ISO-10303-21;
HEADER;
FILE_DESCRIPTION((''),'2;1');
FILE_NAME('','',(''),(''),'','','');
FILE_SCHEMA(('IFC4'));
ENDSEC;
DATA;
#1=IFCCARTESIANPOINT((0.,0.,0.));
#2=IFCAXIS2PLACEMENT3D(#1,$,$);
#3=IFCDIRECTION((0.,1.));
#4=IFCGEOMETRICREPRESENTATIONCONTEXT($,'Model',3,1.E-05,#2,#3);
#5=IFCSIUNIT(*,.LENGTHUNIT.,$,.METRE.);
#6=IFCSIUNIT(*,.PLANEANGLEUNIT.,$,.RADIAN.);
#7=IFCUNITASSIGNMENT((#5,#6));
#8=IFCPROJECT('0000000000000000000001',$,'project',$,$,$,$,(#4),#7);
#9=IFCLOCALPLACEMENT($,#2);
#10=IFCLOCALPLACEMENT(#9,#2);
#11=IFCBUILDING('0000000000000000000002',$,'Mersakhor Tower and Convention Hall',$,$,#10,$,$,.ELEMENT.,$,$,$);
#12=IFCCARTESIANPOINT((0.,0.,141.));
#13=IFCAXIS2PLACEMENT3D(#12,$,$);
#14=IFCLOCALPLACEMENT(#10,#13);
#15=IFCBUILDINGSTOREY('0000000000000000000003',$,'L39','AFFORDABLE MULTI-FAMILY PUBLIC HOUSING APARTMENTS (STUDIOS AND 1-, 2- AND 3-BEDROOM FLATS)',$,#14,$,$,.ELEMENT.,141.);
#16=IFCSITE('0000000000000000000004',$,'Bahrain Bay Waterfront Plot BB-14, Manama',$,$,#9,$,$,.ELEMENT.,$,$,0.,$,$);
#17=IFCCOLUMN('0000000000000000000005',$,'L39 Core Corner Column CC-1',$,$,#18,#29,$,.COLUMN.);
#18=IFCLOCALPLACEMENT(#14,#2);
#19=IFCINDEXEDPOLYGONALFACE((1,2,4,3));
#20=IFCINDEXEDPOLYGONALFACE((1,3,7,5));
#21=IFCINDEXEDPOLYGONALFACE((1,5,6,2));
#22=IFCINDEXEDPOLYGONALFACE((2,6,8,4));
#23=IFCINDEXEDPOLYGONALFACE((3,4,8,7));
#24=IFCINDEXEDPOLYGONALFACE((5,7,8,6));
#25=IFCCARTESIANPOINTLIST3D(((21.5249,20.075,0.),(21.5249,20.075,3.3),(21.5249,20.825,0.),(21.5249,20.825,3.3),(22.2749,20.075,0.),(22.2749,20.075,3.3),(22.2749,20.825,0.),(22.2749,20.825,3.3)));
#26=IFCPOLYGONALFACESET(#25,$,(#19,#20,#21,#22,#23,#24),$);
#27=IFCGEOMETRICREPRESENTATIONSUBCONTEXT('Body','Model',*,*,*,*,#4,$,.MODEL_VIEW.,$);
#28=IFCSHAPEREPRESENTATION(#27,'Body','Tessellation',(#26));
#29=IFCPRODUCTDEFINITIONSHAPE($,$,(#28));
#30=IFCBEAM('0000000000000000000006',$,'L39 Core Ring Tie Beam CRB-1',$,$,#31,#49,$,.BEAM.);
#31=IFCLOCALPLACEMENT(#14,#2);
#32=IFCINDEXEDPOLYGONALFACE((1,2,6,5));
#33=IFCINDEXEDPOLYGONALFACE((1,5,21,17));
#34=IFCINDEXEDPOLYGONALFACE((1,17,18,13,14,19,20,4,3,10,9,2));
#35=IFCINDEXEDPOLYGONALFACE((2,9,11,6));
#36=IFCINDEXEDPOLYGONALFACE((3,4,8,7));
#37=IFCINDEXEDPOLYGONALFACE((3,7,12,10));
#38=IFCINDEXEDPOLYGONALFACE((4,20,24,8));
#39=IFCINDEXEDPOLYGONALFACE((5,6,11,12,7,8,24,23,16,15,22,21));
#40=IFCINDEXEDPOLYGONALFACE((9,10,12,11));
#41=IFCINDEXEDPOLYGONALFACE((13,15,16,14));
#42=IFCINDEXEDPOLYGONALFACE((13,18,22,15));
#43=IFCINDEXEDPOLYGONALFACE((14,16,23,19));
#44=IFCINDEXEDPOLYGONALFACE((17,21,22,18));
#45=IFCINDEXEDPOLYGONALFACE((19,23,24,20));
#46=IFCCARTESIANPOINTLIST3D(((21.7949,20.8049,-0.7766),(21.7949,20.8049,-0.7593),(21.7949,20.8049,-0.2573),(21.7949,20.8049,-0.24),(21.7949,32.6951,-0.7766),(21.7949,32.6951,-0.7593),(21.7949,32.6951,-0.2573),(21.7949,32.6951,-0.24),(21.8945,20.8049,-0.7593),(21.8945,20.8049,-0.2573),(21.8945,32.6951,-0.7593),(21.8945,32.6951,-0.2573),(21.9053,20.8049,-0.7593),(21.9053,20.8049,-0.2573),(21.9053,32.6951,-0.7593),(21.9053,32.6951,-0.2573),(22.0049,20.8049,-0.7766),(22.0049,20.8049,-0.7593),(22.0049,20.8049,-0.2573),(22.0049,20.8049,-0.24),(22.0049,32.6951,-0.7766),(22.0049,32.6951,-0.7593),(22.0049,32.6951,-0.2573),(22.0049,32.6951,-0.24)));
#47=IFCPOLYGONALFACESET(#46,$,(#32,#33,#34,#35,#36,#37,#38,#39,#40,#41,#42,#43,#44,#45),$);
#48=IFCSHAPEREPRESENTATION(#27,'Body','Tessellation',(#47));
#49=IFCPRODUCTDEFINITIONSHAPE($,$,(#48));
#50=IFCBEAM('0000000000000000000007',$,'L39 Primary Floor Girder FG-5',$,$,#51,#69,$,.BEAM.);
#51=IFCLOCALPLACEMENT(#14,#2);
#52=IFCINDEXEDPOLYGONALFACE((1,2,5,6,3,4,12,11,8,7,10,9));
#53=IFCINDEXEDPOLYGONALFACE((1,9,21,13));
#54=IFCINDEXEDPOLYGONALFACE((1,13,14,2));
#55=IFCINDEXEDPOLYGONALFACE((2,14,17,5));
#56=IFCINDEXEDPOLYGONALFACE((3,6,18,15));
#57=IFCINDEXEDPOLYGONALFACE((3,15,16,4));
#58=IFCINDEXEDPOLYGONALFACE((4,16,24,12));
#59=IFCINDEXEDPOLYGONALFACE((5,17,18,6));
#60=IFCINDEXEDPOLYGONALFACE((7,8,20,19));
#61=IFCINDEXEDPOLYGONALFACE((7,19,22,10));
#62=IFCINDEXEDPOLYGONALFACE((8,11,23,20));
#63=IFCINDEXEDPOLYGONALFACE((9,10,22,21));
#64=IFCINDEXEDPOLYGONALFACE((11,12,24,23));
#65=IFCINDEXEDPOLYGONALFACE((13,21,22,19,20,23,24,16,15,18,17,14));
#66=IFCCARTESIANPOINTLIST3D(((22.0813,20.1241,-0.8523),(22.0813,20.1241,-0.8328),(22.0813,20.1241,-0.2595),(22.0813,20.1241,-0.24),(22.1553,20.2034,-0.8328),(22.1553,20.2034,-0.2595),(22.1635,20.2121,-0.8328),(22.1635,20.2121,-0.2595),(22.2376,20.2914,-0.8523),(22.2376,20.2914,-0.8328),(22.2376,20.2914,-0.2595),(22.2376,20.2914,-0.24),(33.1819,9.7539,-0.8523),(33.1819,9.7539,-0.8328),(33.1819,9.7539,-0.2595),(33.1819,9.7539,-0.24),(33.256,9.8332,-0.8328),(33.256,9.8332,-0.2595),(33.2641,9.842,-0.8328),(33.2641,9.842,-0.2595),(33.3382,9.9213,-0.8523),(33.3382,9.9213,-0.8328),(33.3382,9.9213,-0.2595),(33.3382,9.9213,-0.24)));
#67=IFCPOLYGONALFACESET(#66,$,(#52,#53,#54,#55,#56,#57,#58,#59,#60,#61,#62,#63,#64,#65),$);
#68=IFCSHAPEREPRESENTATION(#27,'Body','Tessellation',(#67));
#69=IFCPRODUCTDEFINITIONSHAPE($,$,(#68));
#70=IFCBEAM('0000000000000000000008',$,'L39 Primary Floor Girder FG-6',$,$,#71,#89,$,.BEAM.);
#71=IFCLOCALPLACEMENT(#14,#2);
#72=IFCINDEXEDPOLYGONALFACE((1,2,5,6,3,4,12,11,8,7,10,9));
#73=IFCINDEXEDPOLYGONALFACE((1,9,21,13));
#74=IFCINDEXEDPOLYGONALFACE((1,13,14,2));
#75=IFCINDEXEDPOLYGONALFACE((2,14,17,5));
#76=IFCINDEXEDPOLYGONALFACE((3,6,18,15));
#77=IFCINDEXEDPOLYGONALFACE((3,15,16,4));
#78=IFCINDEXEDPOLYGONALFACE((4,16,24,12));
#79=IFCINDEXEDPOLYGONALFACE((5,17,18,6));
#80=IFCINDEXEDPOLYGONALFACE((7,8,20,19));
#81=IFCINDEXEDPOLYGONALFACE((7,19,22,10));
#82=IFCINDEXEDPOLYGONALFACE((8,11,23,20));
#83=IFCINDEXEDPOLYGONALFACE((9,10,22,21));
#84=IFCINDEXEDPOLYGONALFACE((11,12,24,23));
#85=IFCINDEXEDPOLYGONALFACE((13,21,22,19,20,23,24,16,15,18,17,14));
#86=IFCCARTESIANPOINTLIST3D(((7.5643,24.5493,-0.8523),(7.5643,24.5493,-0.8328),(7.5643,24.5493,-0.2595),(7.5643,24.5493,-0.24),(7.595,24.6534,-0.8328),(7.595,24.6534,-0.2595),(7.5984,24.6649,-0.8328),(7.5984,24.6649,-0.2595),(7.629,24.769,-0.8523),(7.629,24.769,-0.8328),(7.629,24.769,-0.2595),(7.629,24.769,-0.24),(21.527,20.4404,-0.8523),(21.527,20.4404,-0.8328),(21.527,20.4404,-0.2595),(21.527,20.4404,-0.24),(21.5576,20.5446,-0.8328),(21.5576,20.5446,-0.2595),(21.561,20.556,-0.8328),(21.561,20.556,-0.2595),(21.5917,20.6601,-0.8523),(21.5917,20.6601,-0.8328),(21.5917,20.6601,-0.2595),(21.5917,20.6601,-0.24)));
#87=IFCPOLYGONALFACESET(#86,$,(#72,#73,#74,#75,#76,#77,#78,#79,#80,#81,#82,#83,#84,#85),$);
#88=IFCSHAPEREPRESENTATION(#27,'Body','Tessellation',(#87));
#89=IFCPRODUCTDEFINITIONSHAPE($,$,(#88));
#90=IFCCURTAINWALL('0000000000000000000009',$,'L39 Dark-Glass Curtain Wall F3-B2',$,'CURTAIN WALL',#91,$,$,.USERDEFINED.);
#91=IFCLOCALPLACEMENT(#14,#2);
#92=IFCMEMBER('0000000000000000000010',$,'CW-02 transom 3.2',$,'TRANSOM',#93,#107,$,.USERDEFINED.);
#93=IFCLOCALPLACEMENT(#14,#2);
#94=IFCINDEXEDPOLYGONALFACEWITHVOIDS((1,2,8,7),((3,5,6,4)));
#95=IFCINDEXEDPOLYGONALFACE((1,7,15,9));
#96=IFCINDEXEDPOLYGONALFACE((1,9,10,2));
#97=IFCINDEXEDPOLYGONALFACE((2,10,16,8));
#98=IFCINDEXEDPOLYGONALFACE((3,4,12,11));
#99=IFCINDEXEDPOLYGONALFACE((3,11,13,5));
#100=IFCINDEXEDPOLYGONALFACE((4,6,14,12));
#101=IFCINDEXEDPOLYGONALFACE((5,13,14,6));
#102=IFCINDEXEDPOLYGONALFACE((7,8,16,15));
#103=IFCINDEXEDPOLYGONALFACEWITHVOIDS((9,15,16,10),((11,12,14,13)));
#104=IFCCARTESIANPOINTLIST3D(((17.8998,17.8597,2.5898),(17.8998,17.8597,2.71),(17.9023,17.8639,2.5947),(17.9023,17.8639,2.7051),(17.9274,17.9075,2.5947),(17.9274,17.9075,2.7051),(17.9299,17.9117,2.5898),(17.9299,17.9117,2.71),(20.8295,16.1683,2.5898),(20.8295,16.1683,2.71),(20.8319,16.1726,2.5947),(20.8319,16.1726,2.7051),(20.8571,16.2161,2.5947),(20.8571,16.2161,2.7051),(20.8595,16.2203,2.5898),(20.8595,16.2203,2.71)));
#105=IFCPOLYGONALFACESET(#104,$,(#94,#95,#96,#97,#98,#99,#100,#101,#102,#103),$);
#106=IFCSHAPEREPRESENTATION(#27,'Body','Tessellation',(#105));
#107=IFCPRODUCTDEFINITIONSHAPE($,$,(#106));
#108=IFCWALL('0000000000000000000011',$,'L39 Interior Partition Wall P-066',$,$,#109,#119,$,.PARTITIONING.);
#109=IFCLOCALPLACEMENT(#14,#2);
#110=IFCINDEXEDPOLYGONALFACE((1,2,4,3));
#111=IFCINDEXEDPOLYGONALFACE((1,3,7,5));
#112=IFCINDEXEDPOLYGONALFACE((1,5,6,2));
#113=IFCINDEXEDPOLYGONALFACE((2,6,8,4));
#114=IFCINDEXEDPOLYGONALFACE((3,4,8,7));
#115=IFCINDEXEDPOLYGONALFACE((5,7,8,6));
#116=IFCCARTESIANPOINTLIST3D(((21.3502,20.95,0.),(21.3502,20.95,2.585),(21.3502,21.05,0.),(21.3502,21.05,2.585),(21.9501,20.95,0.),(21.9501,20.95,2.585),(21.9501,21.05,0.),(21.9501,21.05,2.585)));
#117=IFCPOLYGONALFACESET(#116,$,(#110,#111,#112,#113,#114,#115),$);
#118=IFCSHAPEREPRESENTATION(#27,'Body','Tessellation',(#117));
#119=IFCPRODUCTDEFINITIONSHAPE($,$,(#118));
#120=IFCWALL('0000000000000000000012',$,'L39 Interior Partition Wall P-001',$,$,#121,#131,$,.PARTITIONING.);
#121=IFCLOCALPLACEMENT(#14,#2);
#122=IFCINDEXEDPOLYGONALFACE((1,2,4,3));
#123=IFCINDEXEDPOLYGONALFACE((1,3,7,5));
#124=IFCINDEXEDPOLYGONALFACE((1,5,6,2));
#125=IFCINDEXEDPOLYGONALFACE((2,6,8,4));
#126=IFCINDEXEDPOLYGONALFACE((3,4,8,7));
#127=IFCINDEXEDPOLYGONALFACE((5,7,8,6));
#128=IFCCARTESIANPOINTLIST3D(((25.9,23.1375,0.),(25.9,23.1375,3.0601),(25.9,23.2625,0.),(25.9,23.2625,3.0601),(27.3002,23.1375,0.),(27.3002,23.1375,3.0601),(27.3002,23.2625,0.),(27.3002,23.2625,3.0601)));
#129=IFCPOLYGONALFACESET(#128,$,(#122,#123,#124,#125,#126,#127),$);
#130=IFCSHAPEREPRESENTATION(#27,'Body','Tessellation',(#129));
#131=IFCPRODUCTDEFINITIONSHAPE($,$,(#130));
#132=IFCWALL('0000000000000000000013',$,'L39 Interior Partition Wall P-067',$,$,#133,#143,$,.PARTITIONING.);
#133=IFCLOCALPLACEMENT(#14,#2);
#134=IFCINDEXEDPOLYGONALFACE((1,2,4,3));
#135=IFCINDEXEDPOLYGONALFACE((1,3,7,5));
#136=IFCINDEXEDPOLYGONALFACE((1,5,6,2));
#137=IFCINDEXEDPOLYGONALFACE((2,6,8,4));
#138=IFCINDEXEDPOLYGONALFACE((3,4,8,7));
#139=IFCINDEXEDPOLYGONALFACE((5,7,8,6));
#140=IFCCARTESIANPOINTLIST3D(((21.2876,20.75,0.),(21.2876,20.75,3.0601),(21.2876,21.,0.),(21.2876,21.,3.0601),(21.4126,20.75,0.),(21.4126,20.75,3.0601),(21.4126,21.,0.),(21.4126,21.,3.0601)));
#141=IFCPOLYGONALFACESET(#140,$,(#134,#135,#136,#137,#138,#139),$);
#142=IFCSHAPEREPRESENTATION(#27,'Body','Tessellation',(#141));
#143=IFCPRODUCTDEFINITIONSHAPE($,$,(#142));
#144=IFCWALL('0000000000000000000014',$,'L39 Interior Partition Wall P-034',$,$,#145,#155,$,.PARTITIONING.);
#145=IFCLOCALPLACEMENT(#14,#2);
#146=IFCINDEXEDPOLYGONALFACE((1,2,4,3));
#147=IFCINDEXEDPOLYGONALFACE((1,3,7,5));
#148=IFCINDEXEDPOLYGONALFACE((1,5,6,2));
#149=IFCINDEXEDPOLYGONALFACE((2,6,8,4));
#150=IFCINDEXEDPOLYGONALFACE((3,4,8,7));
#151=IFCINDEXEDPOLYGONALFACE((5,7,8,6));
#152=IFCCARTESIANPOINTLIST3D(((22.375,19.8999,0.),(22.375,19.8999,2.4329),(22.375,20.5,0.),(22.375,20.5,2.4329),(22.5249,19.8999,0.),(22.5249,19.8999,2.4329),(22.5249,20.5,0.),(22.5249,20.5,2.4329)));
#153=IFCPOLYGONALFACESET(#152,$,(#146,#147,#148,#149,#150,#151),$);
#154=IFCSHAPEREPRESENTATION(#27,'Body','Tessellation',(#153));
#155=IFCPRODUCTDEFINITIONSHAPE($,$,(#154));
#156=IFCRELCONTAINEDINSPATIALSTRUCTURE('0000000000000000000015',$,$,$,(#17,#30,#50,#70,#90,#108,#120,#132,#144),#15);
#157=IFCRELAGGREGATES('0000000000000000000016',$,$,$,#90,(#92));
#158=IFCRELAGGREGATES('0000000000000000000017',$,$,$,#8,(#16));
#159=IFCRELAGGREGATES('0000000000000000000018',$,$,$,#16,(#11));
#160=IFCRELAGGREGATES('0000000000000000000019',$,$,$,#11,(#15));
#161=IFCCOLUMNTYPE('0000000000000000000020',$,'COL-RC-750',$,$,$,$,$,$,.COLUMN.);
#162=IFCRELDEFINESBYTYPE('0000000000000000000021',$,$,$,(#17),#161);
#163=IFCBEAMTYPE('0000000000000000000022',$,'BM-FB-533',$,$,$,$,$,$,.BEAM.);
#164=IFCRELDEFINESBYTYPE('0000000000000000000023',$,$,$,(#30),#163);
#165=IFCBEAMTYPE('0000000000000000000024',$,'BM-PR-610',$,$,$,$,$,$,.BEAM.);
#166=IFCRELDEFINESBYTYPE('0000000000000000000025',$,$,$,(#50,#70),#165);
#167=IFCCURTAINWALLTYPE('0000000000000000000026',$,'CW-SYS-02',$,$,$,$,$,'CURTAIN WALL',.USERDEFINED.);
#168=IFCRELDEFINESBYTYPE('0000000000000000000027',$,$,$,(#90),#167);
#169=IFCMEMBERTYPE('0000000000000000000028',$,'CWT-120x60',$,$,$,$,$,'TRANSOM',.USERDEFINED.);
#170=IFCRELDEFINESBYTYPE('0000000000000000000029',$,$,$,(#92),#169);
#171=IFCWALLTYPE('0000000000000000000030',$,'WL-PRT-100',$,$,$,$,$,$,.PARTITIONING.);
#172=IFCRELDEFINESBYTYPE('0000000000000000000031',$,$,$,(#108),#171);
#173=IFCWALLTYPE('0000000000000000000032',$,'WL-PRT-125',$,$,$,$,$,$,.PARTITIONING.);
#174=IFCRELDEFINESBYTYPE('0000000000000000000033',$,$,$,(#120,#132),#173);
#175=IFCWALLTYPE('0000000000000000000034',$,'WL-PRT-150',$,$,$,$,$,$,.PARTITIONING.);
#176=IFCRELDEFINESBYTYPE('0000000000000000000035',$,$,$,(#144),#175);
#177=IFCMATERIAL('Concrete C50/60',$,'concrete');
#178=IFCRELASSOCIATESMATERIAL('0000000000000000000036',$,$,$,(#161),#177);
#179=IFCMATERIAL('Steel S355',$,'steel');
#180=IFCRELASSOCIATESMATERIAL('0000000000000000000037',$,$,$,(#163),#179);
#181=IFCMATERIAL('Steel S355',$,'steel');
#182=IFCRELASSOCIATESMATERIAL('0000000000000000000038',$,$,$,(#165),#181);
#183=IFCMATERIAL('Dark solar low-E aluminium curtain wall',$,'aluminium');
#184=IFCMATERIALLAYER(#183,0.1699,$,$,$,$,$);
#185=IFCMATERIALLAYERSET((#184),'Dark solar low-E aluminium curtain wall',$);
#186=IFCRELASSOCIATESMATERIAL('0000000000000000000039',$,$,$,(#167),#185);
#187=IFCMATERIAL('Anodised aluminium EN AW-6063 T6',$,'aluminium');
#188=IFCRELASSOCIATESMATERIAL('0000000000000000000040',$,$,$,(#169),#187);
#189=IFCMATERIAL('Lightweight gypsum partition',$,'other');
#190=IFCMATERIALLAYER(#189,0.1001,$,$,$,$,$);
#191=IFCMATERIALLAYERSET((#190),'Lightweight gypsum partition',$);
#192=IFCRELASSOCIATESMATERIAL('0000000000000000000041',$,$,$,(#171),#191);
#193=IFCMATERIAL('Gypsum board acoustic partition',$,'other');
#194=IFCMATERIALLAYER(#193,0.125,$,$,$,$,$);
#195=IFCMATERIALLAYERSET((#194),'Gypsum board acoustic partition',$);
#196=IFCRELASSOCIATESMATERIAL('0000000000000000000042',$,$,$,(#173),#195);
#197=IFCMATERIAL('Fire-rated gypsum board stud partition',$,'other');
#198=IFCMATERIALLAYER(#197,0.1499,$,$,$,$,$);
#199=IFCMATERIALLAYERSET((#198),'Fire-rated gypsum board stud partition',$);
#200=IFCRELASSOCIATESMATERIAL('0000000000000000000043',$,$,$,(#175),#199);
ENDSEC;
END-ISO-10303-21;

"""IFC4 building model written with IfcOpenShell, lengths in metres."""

from ifc_helpers import new_model, si_unit, direction, frame, frame_2d, origin, origin_2d, place, context, subcontext, project, spatial, rectangle, hollow_rectangle, i_section, extrude, material, layer, layer_set, material_profile, profile_set, type_object, element, aggregate, save


model = new_model("IFC4")

# Units and contexts
model_context = context("Model", 3, precision=1e-05, world=origin(), true_north=direction((0.0, 1.0)))
body_context = subcontext(model_context, "Body", "Model", "MODEL_VIEW")
ifc_project = project(units=[si_unit("LENGTHUNIT", "METRE"), si_unit("PLANEANGLEUNIT", "RADIAN")], contexts=[model_context])

# Site, building, storey
site_placement = place(None, origin())
site = spatial("IfcSite", under=ifc_project, at=site_placement, Name="Bahrain Bay Waterfront Plot BB-14, Manama", CompositionType="ELEMENT", RefElevation=0.0)
building_placement = place(site_placement, origin())
building = spatial("IfcBuilding", under=site, at=building_placement, Name="Mersakhor Tower and Convention Hall", CompositionType="ELEMENT")
storey_placement = place(building_placement, frame((0.0, 0.0, 141.0)))
storey = spatial("IfcBuildingStorey", under=building, at=storey_placement, Name="L39", Description="AFFORDABLE MULTI-FAMILY PUBLIC HOUSING APARTMENTS (STUDIOS AND 1-, 2- AND 3-BEDROOM FLATS)", CompositionType="ELEMENT", Elevation=141.0)

# Column
ifc_material_1 = material(Name="Concrete C50/60", Category="concrete")
ifc_material_profile_1 = material_profile(ifc_material_1, rectangle(XDim=0.75, YDim=0.75, at=origin_2d()), Name="RC 750x750")
ifc_profile_set_1 = profile_set([ifc_material_profile_1], Name="Concrete C50/60")
column_type = type_object("IfcColumnType", Name="COL-RC-750", PredefinedType="COLUMN", material=ifc_profile_set_1)
column_placement = place(storey_placement, frame((21.8999, 20.45, 0.0), z_axis=(0.0, 0.0, 1.0), x_axis=(1.0, 0.0, 0.0)))
element("IfcColumn", 1, at=column_placement, inside=storey, type_object=column_type, Name="L39 Core Corner Column CC-1", PredefinedType="COLUMN", context=body_context, shape_type="SweptSolid", body=[
    extrude(rectangle(XDim=0.75, YDim=0.75, at=origin_2d()), origin(), (0.0, 0.0, 1.0), 3.3),
])

# Beams
ifc_material_2 = material(Name="Steel S355", Category="steel")
ifc_material_profile_2 = material_profile(ifc_material_2, i_section(OverallWidth=0.21, OverallDepth=0.5366, WebThickness=0.0107, FlangeThickness=0.0173, at=origin_2d()), Name="UB 533x210x101")
ifc_profile_set_2 = profile_set([ifc_material_profile_2], Name="Steel S355")
beam_type_1 = type_object("IfcBeamType", Name="BM-FB-533", PredefinedType="BEAM", material=ifc_profile_set_2)
beam_1_placement = place(storey_placement, frame((21.8999, 20.8049, -0.5083), z_axis=(0.0, 1.0, 0.0), x_axis=(-1.0, 0.0, 0.0)))
element("IfcBeam", 2, at=beam_1_placement, inside=storey, type_object=beam_type_1, Name="L39 Core Ring Tie Beam CRB-1", PredefinedType="BEAM", context=body_context, shape_type="SweptSolid", body=[
    extrude(i_section(OverallWidth=0.21, OverallDepth=0.5366, WebThickness=0.0107, FlangeThickness=0.0173, at=origin_2d()), origin(), (0.0, 0.0, 1.0), 11.8901),
])
ifc_material_3 = material(Name="Steel S355", Category="steel")
ifc_material_profile_3 = material_profile(ifc_material_3, i_section(OverallWidth=0.229, OverallDepth=0.6123, WebThickness=0.012, FlangeThickness=0.0195, at=origin_2d()), Name="UB 610x229x125")
ifc_profile_set_3 = profile_set([ifc_material_profile_3], Name="Steel S355")
beam_type_2 = type_object("IfcBeamType", Name="BM-PR-610", PredefinedType="BEAM", material=ifc_profile_set_3)
beam_2_placement = place(storey_placement, frame((22.1594, 20.2078, -0.5461), z_axis=(0.730741, -0.682655, 0.0), x_axis=(0.682655, 0.730741, 0.0)))
element("IfcBeam", 3, at=beam_2_placement, inside=storey, type_object=beam_type_2, Name="L39 Primary Floor Girder FG-5", PredefinedType="BEAM", context=body_context, shape_type="SweptSolid", body=[
    extrude(i_section(OverallWidth=0.229, OverallDepth=0.6123, WebThickness=0.012, FlangeThickness=0.0195, at=origin_2d()), origin(), (0.0, 0.0, 1.0), 15.1909),
])
beam_3_placement = place(storey_placement, frame((21.5593, 20.5503, -0.5461), z_axis=(-0.959324, 0.282307, 0.0), x_axis=(-0.282307, -0.959324, 0.0)))
element("IfcBeam", 4, at=beam_3_placement, inside=storey, type_object=beam_type_2, Name="L39 Primary Floor Girder FG-6", PredefinedType="BEAM", context=body_context, shape_type="SweptSolid", body=[
    extrude(i_section(OverallWidth=0.229, OverallDepth=0.6123, WebThickness=0.012, FlangeThickness=0.0195, at=origin_2d()), origin(), (0.0, 0.0, 1.0), 14.5547),
])

# Curtain wall, member
ifc_material_4 = material(Name="Dark solar low-E aluminium curtain wall", Category="aluminium")
ifc_layer_1 = layer(ifc_material_4, 0.1699)
ifc_layer_set_1 = layer_set([ifc_layer_1], Name="Dark solar low-E aluminium curtain wall")
curtain_wall_type = type_object("IfcCurtainWallType", Name="CW-SYS-02", ElementType="CURTAIN WALL", PredefinedType="USERDEFINED", material=ifc_layer_set_1)
curtain_wall_placement = place(storey_placement, origin())
curtain_wall = element("IfcCurtainWall", 5, at=curtain_wall_placement, inside=storey, type_object=curtain_wall_type, Name="L39 Dark-Glass Curtain Wall F3-B2", ObjectType="CURTAIN WALL", PredefinedType="USERDEFINED")
ifc_material_5 = material(Name="Anodised aluminium EN AW-6063 T6", Category="aluminium")
ifc_material_profile_4 = material_profile(ifc_material_5, hollow_rectangle(XDim=0.0601, YDim=0.1201, WallThickness=0.0049, at=origin_2d()), Name="RHS 120x60x5")
ifc_profile_set_4 = profile_set([ifc_material_profile_4], Name="Anodised aluminium EN AW-6063 T6")
member_type = type_object("IfcMemberType", Name="CWT-120x60", ElementType="TRANSOM", PredefinedType="USERDEFINED", material=ifc_profile_set_4)
member_placement = place(storey_placement, frame((20.8445, 16.1943, 2.6499), z_axis=(-0.866032, 0.499989, 0.0), x_axis=(-0.499989, -0.866032, 0.0)))
member = element("IfcMember", 6, at=member_placement, type_object=member_type, Name="CW-02 transom 3.2", ObjectType="TRANSOM", PredefinedType="USERDEFINED", context=body_context, shape_type="SweptSolid", body=[
    extrude(hollow_rectangle(XDim=0.0601, YDim=0.1201, WallThickness=0.0049, at=origin_2d()), origin(), (0.0, 0.0, 1.0), 3.3828),
])
aggregate(curtain_wall, [member])

# Walls
ifc_material_6 = material(Name="Lightweight gypsum partition", Category="other")
ifc_layer_2 = layer(ifc_material_6, 0.1001)
ifc_layer_set_2 = layer_set([ifc_layer_2], Name="Lightweight gypsum partition")
wall_type_1 = type_object("IfcWallType", Name="WL-PRT-100", PredefinedType="PARTITIONING", material=ifc_layer_set_2)
wall_1_placement = place(storey_placement, frame((21.95, 21.0, 0.0), z_axis=(0.0, 0.0, 1.0), x_axis=(-1.0, 0.0, 0.0)))
element("IfcWall", 7, at=wall_1_placement, inside=storey, type_object=wall_type_1, Name="L39 Interior Partition Wall P-066", PredefinedType="PARTITIONING", context=body_context, shape_type="SweptSolid", body=[
    extrude(rectangle(XDim=0.5999, YDim=0.1001, at=frame_2d((0.2998, 0.0))), origin(), (0.0, 0.0, 1.0), 2.585),
])
ifc_material_7 = material(Name="Gypsum board acoustic partition", Category="other")
ifc_layer_3 = layer(ifc_material_7, 0.125)
ifc_layer_set_3 = layer_set([ifc_layer_3], Name="Gypsum board acoustic partition")
wall_type_2 = type_object("IfcWallType", Name="WL-PRT-125", PredefinedType="PARTITIONING", material=ifc_layer_set_3)
wall_2_placement = place(storey_placement, frame((25.8999, 23.2, 0.0), z_axis=(0.0, 0.0, 1.0), x_axis=(1.0, 0.0, 0.0)))
element("IfcWall", 8, at=wall_2_placement, inside=storey, type_object=wall_type_2, Name="L39 Interior Partition Wall P-001", PredefinedType="PARTITIONING", context=body_context, shape_type="SweptSolid", body=[
    extrude(rectangle(XDim=1.4001, YDim=0.125, at=frame_2d((0.7002, 0.0))), origin(), (0.0, 0.0, 1.0), 3.0601),
])
wall_3_placement = place(storey_placement, frame((21.3501, 21.0, 0.0), z_axis=(0.0, 0.0, 1.0), x_axis=(0.0, -1.0, 0.0)))
element("IfcWall", 9, at=wall_3_placement, inside=storey, type_object=wall_type_2, Name="L39 Interior Partition Wall P-067", PredefinedType="PARTITIONING", context=body_context, shape_type="SweptSolid", body=[
    extrude(rectangle(XDim=0.25, YDim=0.125, at=frame_2d((0.125, 0.0))), origin(), (0.0, 0.0, 1.0), 3.0601),
])
ifc_material_8 = material(Name="Fire-rated gypsum board stud partition", Category="other")
ifc_layer_4 = layer(ifc_material_8, 0.1499)
ifc_layer_set_4 = layer_set([ifc_layer_4], Name="Fire-rated gypsum board stud partition")
wall_type_3 = type_object("IfcWallType", Name="WL-PRT-150", PredefinedType="PARTITIONING", material=ifc_layer_set_4)
wall_4_placement = place(storey_placement, frame((22.45, 19.8999, 0.0), z_axis=(0.0, 0.0, 1.0), x_axis=(0.0, 1.0, 0.0)))
element("IfcWall", 10, at=wall_4_placement, inside=storey, type_object=wall_type_3, Name="L39 Interior Partition Wall P-034", PredefinedType="PARTITIONING", context=body_context, shape_type="SweptSolid", body=[
    extrude(rectangle(XDim=0.6001, YDim=0.1499, at=frame_2d((0.3, 0.0))), origin(), (0.0, 0.0, 1.0), 2.4329),
])

save(model, "model.ifc")
